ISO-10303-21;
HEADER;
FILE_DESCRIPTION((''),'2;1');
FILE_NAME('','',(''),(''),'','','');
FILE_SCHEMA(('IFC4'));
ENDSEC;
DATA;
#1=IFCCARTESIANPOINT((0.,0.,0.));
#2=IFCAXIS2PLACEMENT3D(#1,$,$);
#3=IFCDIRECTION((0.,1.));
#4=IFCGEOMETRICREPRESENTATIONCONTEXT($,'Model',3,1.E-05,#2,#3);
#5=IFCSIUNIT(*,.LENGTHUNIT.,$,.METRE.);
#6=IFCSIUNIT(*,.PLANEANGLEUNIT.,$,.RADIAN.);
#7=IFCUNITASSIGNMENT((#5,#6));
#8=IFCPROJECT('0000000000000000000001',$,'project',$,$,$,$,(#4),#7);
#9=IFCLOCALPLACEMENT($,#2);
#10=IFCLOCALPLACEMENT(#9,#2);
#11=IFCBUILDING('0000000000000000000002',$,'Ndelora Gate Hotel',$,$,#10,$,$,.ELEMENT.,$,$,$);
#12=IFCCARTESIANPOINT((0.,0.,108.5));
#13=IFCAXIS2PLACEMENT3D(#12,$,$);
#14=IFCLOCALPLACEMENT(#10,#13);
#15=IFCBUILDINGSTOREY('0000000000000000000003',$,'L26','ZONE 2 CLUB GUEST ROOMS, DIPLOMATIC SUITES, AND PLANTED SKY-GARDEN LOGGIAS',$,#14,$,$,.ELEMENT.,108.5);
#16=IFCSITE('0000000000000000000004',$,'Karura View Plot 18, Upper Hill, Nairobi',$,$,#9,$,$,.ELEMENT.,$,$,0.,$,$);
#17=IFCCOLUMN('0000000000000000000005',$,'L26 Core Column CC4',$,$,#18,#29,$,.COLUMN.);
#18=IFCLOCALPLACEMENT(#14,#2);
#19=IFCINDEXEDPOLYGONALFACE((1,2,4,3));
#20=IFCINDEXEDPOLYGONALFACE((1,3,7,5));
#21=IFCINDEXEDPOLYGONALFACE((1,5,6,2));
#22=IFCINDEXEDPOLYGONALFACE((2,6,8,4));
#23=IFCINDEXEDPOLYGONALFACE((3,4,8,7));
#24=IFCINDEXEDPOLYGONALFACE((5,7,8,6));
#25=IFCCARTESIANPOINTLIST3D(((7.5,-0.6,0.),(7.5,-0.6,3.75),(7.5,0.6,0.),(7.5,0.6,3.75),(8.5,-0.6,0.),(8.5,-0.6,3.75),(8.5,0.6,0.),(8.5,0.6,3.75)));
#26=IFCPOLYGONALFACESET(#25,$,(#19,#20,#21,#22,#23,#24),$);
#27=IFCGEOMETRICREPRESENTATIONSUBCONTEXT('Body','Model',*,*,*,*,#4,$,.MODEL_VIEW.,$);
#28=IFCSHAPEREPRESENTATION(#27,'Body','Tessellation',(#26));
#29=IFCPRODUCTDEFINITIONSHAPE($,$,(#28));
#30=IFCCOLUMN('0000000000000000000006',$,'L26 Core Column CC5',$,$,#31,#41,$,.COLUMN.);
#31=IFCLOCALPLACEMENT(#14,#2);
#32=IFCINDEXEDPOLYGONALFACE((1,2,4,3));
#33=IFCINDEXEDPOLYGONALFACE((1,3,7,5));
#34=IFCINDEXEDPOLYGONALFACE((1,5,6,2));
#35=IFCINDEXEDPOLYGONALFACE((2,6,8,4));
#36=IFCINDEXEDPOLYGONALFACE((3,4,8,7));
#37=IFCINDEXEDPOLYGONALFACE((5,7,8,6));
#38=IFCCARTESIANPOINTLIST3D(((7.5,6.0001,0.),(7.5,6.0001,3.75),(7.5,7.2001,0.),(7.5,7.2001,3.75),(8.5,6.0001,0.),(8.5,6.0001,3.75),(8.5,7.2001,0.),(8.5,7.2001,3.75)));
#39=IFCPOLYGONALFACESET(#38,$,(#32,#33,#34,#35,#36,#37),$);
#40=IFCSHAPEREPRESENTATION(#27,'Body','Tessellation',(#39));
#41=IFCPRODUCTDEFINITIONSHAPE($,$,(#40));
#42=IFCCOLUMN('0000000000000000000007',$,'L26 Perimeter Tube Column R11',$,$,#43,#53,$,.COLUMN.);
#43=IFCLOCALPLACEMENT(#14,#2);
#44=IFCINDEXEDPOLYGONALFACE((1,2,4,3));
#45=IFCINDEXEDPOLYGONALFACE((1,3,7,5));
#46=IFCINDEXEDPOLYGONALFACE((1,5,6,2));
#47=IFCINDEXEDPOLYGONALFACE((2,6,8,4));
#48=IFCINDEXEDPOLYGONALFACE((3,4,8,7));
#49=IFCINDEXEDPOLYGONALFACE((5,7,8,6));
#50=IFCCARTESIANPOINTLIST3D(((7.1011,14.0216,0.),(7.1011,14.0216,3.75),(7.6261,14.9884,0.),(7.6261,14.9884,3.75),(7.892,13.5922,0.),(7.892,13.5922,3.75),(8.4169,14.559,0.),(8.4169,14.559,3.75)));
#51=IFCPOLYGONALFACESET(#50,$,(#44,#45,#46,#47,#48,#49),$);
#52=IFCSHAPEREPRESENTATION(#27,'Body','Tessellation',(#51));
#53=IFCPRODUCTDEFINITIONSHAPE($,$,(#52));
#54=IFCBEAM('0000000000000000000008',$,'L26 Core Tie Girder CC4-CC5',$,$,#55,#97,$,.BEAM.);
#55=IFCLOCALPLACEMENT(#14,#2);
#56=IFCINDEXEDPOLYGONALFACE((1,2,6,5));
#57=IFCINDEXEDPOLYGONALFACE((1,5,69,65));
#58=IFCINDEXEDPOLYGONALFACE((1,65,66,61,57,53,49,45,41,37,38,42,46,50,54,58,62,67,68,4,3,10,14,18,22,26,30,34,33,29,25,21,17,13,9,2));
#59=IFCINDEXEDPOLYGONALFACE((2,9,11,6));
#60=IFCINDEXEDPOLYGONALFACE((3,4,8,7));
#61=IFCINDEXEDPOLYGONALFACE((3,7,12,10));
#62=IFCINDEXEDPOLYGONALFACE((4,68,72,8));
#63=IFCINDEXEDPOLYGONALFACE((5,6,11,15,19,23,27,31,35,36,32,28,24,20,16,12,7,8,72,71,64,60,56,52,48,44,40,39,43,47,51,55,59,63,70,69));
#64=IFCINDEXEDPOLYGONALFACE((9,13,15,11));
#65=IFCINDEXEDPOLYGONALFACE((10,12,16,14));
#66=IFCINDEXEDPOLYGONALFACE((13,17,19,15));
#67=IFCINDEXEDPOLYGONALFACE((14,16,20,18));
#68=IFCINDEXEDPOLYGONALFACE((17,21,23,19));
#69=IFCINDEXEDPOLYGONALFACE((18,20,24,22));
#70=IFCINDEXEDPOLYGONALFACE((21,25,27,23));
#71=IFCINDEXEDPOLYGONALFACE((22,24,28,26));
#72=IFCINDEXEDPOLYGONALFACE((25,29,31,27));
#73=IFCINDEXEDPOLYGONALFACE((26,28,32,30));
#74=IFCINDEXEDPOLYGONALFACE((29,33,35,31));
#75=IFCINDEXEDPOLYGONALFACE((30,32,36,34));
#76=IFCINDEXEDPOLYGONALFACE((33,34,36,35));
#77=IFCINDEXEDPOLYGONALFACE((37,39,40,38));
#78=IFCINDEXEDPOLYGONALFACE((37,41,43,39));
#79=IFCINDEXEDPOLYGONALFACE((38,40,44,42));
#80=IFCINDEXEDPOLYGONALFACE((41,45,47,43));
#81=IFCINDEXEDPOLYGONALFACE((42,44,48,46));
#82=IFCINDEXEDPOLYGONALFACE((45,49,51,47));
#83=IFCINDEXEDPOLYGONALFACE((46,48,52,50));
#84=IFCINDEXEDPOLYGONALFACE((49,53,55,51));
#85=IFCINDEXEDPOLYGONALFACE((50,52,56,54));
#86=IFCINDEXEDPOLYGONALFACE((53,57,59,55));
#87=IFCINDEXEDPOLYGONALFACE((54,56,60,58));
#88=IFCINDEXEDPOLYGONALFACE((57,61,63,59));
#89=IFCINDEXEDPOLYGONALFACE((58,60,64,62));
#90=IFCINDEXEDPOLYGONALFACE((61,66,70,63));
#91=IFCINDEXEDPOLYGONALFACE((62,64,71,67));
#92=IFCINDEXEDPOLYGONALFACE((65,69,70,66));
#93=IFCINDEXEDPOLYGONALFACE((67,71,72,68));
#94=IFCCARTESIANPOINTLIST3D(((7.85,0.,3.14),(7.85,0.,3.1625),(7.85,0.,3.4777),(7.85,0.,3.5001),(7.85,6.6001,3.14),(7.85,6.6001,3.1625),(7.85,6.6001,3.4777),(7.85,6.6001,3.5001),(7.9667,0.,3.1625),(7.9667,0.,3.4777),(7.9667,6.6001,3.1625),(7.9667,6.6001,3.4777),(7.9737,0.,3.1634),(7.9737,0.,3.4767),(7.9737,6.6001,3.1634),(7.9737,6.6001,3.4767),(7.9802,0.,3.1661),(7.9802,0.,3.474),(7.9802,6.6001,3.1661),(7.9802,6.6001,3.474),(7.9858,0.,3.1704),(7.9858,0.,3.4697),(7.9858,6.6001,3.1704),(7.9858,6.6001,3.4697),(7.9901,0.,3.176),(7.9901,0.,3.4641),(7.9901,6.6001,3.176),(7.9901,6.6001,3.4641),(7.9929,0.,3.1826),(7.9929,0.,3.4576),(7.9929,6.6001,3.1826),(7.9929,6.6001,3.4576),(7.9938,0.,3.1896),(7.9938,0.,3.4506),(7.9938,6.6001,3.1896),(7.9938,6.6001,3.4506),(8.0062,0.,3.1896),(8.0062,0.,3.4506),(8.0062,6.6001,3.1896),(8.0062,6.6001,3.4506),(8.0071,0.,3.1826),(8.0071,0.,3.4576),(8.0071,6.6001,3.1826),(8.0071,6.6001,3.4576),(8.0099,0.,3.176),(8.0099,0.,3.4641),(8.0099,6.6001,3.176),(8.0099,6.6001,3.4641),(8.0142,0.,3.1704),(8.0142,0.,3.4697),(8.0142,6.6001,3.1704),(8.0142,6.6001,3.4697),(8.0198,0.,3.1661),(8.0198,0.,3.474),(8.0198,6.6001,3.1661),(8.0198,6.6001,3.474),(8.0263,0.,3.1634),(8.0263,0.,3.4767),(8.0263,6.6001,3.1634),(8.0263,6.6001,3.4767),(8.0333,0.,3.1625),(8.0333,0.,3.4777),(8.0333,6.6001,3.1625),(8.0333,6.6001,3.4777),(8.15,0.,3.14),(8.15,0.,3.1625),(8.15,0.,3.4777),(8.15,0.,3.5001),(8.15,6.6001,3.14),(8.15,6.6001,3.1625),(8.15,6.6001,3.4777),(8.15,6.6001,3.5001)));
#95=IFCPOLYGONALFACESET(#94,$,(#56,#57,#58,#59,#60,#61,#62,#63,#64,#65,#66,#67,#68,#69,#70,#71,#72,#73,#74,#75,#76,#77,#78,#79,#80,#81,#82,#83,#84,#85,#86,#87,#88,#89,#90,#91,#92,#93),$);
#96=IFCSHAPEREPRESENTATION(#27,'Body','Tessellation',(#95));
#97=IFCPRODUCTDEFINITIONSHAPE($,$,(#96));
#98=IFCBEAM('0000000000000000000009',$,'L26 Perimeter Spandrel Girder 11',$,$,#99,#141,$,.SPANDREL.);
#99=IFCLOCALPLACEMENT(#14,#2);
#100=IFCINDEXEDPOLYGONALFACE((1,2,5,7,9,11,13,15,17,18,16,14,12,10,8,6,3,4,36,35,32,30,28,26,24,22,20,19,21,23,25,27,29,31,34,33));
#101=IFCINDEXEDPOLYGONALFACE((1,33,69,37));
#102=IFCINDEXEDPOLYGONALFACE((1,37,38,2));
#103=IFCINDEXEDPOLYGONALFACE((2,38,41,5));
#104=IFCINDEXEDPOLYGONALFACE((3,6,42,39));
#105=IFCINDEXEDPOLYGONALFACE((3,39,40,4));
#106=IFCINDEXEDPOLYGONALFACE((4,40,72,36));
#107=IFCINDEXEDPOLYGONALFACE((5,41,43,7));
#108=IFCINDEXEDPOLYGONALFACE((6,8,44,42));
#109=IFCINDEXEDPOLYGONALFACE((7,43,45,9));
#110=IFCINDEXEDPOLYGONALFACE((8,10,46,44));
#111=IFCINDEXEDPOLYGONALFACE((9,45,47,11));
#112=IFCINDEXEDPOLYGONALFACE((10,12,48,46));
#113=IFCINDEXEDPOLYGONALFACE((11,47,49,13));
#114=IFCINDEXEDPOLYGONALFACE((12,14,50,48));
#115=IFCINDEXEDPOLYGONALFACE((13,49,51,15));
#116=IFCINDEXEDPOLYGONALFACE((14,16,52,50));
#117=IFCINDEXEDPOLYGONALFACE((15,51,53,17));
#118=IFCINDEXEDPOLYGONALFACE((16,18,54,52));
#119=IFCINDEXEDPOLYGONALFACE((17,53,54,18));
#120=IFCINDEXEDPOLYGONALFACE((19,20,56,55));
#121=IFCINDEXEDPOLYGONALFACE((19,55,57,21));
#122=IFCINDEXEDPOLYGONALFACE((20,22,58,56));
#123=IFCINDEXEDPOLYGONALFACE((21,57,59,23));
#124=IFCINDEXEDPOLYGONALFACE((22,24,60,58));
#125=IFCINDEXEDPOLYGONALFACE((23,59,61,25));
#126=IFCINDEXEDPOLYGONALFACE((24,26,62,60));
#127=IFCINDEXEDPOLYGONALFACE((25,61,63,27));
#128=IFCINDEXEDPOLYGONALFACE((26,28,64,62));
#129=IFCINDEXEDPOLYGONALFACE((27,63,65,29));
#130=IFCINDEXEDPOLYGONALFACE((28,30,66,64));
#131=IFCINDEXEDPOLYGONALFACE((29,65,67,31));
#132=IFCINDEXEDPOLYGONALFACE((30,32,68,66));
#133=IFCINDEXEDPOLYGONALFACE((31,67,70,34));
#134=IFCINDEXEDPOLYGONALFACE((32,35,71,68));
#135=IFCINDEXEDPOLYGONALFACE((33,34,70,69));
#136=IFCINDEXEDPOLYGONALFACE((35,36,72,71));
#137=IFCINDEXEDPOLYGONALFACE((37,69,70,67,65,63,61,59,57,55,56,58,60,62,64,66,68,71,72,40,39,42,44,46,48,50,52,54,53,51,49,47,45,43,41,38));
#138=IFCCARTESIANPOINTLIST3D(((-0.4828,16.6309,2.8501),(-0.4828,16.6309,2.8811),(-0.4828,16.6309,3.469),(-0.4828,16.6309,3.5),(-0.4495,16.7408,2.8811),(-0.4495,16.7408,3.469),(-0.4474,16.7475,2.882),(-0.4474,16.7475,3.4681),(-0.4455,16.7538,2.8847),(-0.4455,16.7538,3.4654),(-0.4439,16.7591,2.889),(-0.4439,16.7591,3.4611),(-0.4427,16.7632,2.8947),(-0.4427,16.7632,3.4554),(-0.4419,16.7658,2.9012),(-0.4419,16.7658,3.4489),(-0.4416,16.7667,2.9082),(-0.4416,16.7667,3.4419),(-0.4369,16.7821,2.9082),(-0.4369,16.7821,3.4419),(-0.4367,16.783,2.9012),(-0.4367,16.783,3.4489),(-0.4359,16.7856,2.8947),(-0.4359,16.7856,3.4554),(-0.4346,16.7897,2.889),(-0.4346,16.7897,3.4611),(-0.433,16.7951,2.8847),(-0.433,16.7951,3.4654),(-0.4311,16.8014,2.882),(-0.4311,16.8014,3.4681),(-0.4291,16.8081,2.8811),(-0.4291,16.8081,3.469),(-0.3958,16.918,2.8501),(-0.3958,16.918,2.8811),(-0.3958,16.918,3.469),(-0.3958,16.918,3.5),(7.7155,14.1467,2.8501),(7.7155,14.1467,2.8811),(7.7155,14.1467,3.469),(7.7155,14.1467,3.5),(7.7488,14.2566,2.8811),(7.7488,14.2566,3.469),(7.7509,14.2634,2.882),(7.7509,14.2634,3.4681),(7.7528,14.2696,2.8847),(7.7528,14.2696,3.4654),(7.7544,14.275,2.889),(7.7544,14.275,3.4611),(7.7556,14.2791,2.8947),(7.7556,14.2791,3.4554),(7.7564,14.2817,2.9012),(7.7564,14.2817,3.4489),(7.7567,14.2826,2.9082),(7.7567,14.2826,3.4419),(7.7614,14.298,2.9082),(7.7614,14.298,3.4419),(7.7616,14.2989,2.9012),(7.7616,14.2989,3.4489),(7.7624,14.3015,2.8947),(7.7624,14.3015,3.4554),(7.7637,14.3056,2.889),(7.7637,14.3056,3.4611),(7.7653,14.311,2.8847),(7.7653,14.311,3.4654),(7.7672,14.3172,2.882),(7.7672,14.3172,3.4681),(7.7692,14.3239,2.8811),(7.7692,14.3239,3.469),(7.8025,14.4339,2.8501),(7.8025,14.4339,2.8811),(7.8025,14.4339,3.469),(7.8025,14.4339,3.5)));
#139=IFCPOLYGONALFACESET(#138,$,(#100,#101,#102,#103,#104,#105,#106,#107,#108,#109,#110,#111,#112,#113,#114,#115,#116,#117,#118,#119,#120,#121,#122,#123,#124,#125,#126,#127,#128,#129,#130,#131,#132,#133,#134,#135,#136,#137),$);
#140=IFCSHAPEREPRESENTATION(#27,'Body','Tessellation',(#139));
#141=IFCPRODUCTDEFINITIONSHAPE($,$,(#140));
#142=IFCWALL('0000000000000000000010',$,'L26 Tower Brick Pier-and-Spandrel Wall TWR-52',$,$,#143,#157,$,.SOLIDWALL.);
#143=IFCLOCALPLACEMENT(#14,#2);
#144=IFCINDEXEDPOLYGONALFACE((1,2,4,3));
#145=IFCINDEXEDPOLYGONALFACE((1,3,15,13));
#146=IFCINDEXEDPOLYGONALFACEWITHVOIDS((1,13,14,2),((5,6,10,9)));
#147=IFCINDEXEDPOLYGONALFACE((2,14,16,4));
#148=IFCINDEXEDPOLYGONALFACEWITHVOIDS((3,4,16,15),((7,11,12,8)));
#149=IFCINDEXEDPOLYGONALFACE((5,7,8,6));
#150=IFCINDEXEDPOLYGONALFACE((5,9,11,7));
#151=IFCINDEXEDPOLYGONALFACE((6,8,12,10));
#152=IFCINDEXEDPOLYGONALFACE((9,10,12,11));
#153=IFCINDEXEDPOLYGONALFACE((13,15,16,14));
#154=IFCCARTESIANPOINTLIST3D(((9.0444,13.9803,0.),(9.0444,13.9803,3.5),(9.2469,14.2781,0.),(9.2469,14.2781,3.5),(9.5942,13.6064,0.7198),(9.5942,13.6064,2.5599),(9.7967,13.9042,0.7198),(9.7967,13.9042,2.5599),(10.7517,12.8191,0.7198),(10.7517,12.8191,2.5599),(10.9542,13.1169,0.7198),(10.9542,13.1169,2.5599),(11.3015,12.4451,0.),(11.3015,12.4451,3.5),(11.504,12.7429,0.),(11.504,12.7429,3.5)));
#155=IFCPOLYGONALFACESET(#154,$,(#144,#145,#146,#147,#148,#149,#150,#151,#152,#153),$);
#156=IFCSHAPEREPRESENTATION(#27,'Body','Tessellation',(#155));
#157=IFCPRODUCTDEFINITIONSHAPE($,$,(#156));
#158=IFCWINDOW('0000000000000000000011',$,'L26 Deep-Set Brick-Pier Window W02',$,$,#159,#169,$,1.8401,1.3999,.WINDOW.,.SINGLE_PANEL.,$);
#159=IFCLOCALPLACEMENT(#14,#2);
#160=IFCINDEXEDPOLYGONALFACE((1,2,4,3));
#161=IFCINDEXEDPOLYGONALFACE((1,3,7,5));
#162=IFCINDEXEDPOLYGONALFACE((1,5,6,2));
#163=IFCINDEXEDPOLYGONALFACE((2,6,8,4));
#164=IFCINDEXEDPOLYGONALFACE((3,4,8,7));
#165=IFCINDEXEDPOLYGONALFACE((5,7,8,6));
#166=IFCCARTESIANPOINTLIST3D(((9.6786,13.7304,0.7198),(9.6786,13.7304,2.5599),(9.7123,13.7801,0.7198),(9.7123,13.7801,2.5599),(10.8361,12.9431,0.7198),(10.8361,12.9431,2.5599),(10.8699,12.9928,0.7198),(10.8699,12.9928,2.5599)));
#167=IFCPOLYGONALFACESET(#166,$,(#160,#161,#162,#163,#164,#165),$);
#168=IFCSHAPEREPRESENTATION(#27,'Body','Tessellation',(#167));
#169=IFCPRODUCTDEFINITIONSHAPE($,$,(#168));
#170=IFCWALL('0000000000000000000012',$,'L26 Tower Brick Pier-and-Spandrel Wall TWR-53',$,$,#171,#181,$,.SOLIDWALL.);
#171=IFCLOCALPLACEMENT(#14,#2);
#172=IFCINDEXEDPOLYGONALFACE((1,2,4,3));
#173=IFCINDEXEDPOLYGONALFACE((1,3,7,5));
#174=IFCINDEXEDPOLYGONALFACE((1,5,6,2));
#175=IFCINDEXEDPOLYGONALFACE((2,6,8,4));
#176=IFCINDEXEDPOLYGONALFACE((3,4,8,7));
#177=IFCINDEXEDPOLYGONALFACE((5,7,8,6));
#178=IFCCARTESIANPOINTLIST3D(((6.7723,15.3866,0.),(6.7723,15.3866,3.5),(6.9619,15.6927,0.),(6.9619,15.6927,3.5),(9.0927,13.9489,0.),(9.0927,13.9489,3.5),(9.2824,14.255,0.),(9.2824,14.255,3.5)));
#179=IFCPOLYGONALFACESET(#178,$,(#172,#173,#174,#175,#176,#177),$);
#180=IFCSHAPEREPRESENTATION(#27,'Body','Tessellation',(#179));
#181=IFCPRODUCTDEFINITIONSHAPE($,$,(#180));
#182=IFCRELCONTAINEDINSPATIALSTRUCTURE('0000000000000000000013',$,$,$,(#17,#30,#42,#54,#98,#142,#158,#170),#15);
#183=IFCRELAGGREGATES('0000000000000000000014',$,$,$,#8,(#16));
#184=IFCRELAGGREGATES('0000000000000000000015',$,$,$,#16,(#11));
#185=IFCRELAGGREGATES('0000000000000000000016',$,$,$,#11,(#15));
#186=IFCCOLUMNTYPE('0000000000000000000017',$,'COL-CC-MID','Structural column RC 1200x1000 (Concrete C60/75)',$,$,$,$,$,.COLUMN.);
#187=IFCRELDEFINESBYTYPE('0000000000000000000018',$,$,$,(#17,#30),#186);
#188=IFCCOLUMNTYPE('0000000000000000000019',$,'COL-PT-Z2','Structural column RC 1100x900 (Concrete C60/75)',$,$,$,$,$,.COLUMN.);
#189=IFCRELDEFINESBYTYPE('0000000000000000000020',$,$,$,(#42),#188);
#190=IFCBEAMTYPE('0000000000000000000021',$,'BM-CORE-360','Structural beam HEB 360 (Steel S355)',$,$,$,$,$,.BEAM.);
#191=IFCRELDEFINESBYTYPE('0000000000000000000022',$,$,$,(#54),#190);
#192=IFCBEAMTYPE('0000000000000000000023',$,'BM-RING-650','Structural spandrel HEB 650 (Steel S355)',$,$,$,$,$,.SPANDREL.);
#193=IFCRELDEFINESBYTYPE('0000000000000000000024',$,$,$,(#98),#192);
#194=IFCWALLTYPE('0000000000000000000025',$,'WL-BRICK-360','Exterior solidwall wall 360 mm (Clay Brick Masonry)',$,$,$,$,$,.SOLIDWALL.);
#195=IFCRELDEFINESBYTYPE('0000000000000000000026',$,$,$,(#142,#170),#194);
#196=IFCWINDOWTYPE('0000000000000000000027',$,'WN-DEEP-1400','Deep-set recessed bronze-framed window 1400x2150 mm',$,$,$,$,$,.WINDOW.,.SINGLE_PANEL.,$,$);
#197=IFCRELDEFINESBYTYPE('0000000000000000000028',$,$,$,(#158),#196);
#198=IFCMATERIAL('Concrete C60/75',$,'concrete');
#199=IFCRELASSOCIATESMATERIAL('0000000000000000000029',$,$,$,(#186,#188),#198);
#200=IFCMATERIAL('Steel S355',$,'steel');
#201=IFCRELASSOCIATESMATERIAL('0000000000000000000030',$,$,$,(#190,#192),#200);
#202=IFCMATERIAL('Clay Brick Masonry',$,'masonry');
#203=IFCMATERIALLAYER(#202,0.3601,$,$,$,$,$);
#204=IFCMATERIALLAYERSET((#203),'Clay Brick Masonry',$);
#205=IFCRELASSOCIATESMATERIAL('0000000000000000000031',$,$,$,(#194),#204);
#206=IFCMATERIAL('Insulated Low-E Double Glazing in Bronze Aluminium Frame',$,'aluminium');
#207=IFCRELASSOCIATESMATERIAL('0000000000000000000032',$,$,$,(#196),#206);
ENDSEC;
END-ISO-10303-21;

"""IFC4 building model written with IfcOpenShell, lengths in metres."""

from ifc_helpers import new_model, si_unit, direction, frame, frame_2d, origin, origin_2d, place, context, subcontext, project, spatial, rectangle, i_section, extrude, material, layer, layer_set, material_profile, profile_set, type_object, element, fill, save


model = new_model("IFC4")

# Units and contexts
model_context = context("Model", 3, precision=1e-05, world=origin(), true_north=direction((0.0, 1.0)))
body_context = subcontext(model_context, "Body", "Model", "MODEL_VIEW")
ifc_project = project(units=[si_unit("LENGTHUNIT", "METRE"), si_unit("PLANEANGLEUNIT", "RADIAN")], contexts=[model_context])

# Site, building, storey
site_placement = place(None, origin())
site = spatial("IfcSite", under=ifc_project, at=site_placement, Name="Karura View Plot 18, Upper Hill, Nairobi", CompositionType="ELEMENT", RefElevation=0.0)
building_placement = place(site_placement, origin())
building = spatial("IfcBuilding", under=site, at=building_placement, Name="Ndelora Gate Hotel", CompositionType="ELEMENT")
storey_placement = place(building_placement, frame((0.0, 0.0, 108.5)))
storey = spatial("IfcBuildingStorey", under=building, at=storey_placement, Name="L26", Description="ZONE 2 CLUB GUEST ROOMS, DIPLOMATIC SUITES, AND PLANTED SKY-GARDEN LOGGIAS", CompositionType="ELEMENT", Elevation=108.5)

# Columns
ifc_material_1 = material(Name="Concrete C60/75", Category="concrete")
ifc_material_profile_1 = material_profile(ifc_material_1, rectangle(XDim=1.0, YDim=1.2, at=origin_2d()), Name="RC 1200x1000")
ifc_profile_set_1 = profile_set([ifc_material_profile_1], Name="Concrete C60/75")
column_type_1 = type_object("IfcColumnType", Name="COL-CC-MID", Description="Structural column RC 1200x1000 (Concrete C60/75)", PredefinedType="COLUMN", material=ifc_profile_set_1)
for number, where, z_axis, x_axis, name in (
    (1, (8.0, 0.0, 0.0), (0.0, 0.0, 1.0), (1.0, 0.0, 0.0), "L26 Core Column CC4"),
    (2, (8.0, 6.6001, 0.0), (0.0, 0.0, 1.0), (1.0, 0.0, 0.0), "L26 Core Column CC5"),
):
    element("IfcColumn", number, at=place(storey_placement, frame(where, z_axis=z_axis, x_axis=x_axis)), inside=storey, type_object=column_type_1, Name=name, PredefinedType="COLUMN", context=body_context, shape_type="SweptSolid", body=[
        extrude(rectangle(XDim=1.0, YDim=1.2, at=origin_2d()), origin(), (0.0, 0.0, 1.0), 3.75),
    ])
ifc_material_profile_2 = material_profile(ifc_material_1, rectangle(XDim=0.8999, YDim=1.1001, at=origin_2d()), Name="RC 1100x900")
ifc_profile_set_2 = profile_set([ifc_material_profile_2], Name="Concrete C60/75")
column_type_2 = type_object("IfcColumnType", Name="COL-PT-Z2", Description="Structural column RC 1100x900 (Concrete C60/75)", PredefinedType="COLUMN", material=ifc_profile_set_2)
column_placement = place(storey_placement, frame((7.759, 14.2903, 0.0), z_axis=(0.0, 0.0, 1.0), x_axis=(-0.878817, 0.477159, 0.0)))
element("IfcColumn", 3, at=column_placement, inside=storey, type_object=column_type_2, Name="L26 Perimeter Tube Column R11", PredefinedType="COLUMN", context=body_context, shape_type="SweptSolid", body=[
    extrude(rectangle(XDim=0.8999, YDim=1.1001, at=origin_2d()), origin(), (0.0, 0.0, 1.0), 3.75),
])

# Beams
ifc_material_2 = material(Name="Steel S355", Category="steel")
ifc_material_profile_3 = material_profile(ifc_material_2, i_section(OverallWidth=0.3, OverallDepth=0.3601, WebThickness=0.0125, FlangeThickness=0.0225, FilletRadius=0.0271, at=origin_2d()), Name="HEB 360")
ifc_profile_set_3 = profile_set([ifc_material_profile_3], Name="Steel S355")
beam_type_1 = type_object("IfcBeamType", Name="BM-CORE-360", Description="Structural beam HEB 360 (Steel S355)", PredefinedType="BEAM", material=ifc_profile_set_3)
beam_1_placement = place(storey_placement, frame((8.0, 0.0, 3.3201), z_axis=(0.0, 1.0, 0.0), x_axis=(-1.0, 0.0, 0.0)))
element("IfcBeam", 4, at=beam_1_placement, inside=storey, type_object=beam_type_1, Name="L26 Core Tie Girder CC4-CC5", PredefinedType="BEAM", context=body_context, shape_type="SweptSolid", body=[
    extrude(i_section(OverallWidth=0.3, OverallDepth=0.3601, WebThickness=0.0125, FlangeThickness=0.0225, FilletRadius=0.0271, at=origin_2d()), origin(), (0.0, 0.0, 1.0), 6.6001),
])
ifc_material_profile_4 = material_profile(ifc_material_2, i_section(OverallWidth=0.3, OverallDepth=0.6499, WebThickness=0.0161, FlangeThickness=0.031, FilletRadius=0.0271, at=origin_2d()), Name="HEB 650")
ifc_profile_set_4 = profile_set([ifc_material_profile_4], Name="Steel S355")
beam_type_2 = type_object("IfcBeamType", Name="BM-RING-650", Description="Structural spandrel HEB 650 (Steel S355)", PredefinedType="SPANDREL", material=ifc_profile_set_4)
beam_2_placement = place(storey_placement, frame((7.759, 14.2903, 3.175), z_axis=(-0.95703, 0.289988, 0.0), x_axis=(-0.289988, -0.95703, 0.0)))
element("IfcBeam", 5, at=beam_2_placement, inside=storey, type_object=beam_type_2, Name="L26 Perimeter Spandrel Girder 11", PredefinedType="SPANDREL", context=body_context, shape_type="SweptSolid", body=[
    extrude(i_section(OverallWidth=0.3, OverallDepth=0.6499, WebThickness=0.0161, FlangeThickness=0.031, FilletRadius=0.0271, at=origin_2d()), origin(), (0.0, 0.0, 1.0), 8.5664),
])

# Wall, opening, window
ifc_material_3 = material(Name="Clay Brick Masonry", Category="masonry")
ifc_layer_1 = layer(ifc_material_3, 0.3601)
ifc_layer_set_1 = layer_set([ifc_layer_1], Name="Clay Brick Masonry")
wall_type_1 = type_object("IfcWallType", Name="WL-BRICK-360", Description="Exterior solidwall wall 360 mm (Clay Brick Masonry)", PredefinedType="SOLIDWALL", material=ifc_layer_set_1)
wall_1_placement = place(storey_placement, frame((9.1458, 14.1292, 0.0), z_axis=(0.0, 0.0, 1.0), x_axis=(0.826868, -0.562396, 0.0)))
wall_1 = element("IfcWall", 6, at=wall_1_placement, inside=storey, type_object=wall_type_1, Name="L26 Tower Brick Pier-and-Spandrel Wall TWR-52", PredefinedType="SOLIDWALL", context=body_context, shape_type="SweptSolid", body=[
    extrude(rectangle(XDim=2.7297, YDim=0.3601, at=frame_2d((1.3647, 0.0))), origin(), (0.0, 0.0, 1.0), 3.5),
])
opening_1_placement = place(wall_1_placement, frame((0.6648, 0.0, 0.72)))
opening_1 = element("IfcOpeningElement", 7, at=opening_1_placement, cuts=wall_1, PredefinedType="OPENING", context=body_context, shape_type="SweptSolid", body=[
    extrude(rectangle(XDim=1.3999, YDim=1.8401, at=frame_2d((0.7, 0.9199))), frame((0.0, 0.1899, 0.0), z_axis=(0.0, -1.0, 0.0), x_axis=(1.0, 0.0, 0.0)), (0.0, 0.0, 1.0), 0.3801),
])
ifc_material_4 = material(Name="Insulated Low-E Double Glazing in Bronze Aluminium Frame", Category="aluminium")
window_type = type_object("IfcWindowType", Name="WN-DEEP-1400", Description="Deep-set recessed bronze-framed window 1400x2150 mm", PartitioningType="SINGLE_PANEL", PredefinedType="WINDOW", material=ifc_material_4)
window_placement = place(opening_1_placement, origin())
window = element("IfcWindow", 8, at=window_placement, inside=storey, type_object=window_type, Name="L26 Deep-Set Brick-Pier Window W02", OverallHeight=1.8401, OverallWidth=1.3999, PartitioningType="SINGLE_PANEL", PredefinedType="WINDOW", context=body_context, shape_type="SweptSolid", body=[
    extrude(rectangle(XDim=1.3999, YDim=1.8401, at=frame_2d((0.7, 0.9199))), frame((0.0, 0.03, 0.0), z_axis=(0.0, -1.0, 0.0), x_axis=(1.0, 0.0, 0.0)), (0.0, 0.0, 1.0), 0.0601),
])
fill(opening_1, window)

# Wall
wall_2_placement = place(storey_placement, frame((6.8672, 15.5396, 0.0), z_axis=(0.0, 0.0, 1.0), x_axis=(0.850067, -0.526675, 0.0)))
element("IfcWall", 9, at=wall_2_placement, inside=storey, type_object=wall_type_1, Name="L26 Tower Brick Pier-and-Spandrel Wall TWR-53", PredefinedType="SOLIDWALL", context=body_context, shape_type="SweptSolid", body=[
    extrude(rectangle(XDim=2.7297, YDim=0.3601, at=frame_2d((1.3647, 0.0))), origin(), (0.0, 0.0, 1.0), 3.5),
])

save(model, "model.ifc")
